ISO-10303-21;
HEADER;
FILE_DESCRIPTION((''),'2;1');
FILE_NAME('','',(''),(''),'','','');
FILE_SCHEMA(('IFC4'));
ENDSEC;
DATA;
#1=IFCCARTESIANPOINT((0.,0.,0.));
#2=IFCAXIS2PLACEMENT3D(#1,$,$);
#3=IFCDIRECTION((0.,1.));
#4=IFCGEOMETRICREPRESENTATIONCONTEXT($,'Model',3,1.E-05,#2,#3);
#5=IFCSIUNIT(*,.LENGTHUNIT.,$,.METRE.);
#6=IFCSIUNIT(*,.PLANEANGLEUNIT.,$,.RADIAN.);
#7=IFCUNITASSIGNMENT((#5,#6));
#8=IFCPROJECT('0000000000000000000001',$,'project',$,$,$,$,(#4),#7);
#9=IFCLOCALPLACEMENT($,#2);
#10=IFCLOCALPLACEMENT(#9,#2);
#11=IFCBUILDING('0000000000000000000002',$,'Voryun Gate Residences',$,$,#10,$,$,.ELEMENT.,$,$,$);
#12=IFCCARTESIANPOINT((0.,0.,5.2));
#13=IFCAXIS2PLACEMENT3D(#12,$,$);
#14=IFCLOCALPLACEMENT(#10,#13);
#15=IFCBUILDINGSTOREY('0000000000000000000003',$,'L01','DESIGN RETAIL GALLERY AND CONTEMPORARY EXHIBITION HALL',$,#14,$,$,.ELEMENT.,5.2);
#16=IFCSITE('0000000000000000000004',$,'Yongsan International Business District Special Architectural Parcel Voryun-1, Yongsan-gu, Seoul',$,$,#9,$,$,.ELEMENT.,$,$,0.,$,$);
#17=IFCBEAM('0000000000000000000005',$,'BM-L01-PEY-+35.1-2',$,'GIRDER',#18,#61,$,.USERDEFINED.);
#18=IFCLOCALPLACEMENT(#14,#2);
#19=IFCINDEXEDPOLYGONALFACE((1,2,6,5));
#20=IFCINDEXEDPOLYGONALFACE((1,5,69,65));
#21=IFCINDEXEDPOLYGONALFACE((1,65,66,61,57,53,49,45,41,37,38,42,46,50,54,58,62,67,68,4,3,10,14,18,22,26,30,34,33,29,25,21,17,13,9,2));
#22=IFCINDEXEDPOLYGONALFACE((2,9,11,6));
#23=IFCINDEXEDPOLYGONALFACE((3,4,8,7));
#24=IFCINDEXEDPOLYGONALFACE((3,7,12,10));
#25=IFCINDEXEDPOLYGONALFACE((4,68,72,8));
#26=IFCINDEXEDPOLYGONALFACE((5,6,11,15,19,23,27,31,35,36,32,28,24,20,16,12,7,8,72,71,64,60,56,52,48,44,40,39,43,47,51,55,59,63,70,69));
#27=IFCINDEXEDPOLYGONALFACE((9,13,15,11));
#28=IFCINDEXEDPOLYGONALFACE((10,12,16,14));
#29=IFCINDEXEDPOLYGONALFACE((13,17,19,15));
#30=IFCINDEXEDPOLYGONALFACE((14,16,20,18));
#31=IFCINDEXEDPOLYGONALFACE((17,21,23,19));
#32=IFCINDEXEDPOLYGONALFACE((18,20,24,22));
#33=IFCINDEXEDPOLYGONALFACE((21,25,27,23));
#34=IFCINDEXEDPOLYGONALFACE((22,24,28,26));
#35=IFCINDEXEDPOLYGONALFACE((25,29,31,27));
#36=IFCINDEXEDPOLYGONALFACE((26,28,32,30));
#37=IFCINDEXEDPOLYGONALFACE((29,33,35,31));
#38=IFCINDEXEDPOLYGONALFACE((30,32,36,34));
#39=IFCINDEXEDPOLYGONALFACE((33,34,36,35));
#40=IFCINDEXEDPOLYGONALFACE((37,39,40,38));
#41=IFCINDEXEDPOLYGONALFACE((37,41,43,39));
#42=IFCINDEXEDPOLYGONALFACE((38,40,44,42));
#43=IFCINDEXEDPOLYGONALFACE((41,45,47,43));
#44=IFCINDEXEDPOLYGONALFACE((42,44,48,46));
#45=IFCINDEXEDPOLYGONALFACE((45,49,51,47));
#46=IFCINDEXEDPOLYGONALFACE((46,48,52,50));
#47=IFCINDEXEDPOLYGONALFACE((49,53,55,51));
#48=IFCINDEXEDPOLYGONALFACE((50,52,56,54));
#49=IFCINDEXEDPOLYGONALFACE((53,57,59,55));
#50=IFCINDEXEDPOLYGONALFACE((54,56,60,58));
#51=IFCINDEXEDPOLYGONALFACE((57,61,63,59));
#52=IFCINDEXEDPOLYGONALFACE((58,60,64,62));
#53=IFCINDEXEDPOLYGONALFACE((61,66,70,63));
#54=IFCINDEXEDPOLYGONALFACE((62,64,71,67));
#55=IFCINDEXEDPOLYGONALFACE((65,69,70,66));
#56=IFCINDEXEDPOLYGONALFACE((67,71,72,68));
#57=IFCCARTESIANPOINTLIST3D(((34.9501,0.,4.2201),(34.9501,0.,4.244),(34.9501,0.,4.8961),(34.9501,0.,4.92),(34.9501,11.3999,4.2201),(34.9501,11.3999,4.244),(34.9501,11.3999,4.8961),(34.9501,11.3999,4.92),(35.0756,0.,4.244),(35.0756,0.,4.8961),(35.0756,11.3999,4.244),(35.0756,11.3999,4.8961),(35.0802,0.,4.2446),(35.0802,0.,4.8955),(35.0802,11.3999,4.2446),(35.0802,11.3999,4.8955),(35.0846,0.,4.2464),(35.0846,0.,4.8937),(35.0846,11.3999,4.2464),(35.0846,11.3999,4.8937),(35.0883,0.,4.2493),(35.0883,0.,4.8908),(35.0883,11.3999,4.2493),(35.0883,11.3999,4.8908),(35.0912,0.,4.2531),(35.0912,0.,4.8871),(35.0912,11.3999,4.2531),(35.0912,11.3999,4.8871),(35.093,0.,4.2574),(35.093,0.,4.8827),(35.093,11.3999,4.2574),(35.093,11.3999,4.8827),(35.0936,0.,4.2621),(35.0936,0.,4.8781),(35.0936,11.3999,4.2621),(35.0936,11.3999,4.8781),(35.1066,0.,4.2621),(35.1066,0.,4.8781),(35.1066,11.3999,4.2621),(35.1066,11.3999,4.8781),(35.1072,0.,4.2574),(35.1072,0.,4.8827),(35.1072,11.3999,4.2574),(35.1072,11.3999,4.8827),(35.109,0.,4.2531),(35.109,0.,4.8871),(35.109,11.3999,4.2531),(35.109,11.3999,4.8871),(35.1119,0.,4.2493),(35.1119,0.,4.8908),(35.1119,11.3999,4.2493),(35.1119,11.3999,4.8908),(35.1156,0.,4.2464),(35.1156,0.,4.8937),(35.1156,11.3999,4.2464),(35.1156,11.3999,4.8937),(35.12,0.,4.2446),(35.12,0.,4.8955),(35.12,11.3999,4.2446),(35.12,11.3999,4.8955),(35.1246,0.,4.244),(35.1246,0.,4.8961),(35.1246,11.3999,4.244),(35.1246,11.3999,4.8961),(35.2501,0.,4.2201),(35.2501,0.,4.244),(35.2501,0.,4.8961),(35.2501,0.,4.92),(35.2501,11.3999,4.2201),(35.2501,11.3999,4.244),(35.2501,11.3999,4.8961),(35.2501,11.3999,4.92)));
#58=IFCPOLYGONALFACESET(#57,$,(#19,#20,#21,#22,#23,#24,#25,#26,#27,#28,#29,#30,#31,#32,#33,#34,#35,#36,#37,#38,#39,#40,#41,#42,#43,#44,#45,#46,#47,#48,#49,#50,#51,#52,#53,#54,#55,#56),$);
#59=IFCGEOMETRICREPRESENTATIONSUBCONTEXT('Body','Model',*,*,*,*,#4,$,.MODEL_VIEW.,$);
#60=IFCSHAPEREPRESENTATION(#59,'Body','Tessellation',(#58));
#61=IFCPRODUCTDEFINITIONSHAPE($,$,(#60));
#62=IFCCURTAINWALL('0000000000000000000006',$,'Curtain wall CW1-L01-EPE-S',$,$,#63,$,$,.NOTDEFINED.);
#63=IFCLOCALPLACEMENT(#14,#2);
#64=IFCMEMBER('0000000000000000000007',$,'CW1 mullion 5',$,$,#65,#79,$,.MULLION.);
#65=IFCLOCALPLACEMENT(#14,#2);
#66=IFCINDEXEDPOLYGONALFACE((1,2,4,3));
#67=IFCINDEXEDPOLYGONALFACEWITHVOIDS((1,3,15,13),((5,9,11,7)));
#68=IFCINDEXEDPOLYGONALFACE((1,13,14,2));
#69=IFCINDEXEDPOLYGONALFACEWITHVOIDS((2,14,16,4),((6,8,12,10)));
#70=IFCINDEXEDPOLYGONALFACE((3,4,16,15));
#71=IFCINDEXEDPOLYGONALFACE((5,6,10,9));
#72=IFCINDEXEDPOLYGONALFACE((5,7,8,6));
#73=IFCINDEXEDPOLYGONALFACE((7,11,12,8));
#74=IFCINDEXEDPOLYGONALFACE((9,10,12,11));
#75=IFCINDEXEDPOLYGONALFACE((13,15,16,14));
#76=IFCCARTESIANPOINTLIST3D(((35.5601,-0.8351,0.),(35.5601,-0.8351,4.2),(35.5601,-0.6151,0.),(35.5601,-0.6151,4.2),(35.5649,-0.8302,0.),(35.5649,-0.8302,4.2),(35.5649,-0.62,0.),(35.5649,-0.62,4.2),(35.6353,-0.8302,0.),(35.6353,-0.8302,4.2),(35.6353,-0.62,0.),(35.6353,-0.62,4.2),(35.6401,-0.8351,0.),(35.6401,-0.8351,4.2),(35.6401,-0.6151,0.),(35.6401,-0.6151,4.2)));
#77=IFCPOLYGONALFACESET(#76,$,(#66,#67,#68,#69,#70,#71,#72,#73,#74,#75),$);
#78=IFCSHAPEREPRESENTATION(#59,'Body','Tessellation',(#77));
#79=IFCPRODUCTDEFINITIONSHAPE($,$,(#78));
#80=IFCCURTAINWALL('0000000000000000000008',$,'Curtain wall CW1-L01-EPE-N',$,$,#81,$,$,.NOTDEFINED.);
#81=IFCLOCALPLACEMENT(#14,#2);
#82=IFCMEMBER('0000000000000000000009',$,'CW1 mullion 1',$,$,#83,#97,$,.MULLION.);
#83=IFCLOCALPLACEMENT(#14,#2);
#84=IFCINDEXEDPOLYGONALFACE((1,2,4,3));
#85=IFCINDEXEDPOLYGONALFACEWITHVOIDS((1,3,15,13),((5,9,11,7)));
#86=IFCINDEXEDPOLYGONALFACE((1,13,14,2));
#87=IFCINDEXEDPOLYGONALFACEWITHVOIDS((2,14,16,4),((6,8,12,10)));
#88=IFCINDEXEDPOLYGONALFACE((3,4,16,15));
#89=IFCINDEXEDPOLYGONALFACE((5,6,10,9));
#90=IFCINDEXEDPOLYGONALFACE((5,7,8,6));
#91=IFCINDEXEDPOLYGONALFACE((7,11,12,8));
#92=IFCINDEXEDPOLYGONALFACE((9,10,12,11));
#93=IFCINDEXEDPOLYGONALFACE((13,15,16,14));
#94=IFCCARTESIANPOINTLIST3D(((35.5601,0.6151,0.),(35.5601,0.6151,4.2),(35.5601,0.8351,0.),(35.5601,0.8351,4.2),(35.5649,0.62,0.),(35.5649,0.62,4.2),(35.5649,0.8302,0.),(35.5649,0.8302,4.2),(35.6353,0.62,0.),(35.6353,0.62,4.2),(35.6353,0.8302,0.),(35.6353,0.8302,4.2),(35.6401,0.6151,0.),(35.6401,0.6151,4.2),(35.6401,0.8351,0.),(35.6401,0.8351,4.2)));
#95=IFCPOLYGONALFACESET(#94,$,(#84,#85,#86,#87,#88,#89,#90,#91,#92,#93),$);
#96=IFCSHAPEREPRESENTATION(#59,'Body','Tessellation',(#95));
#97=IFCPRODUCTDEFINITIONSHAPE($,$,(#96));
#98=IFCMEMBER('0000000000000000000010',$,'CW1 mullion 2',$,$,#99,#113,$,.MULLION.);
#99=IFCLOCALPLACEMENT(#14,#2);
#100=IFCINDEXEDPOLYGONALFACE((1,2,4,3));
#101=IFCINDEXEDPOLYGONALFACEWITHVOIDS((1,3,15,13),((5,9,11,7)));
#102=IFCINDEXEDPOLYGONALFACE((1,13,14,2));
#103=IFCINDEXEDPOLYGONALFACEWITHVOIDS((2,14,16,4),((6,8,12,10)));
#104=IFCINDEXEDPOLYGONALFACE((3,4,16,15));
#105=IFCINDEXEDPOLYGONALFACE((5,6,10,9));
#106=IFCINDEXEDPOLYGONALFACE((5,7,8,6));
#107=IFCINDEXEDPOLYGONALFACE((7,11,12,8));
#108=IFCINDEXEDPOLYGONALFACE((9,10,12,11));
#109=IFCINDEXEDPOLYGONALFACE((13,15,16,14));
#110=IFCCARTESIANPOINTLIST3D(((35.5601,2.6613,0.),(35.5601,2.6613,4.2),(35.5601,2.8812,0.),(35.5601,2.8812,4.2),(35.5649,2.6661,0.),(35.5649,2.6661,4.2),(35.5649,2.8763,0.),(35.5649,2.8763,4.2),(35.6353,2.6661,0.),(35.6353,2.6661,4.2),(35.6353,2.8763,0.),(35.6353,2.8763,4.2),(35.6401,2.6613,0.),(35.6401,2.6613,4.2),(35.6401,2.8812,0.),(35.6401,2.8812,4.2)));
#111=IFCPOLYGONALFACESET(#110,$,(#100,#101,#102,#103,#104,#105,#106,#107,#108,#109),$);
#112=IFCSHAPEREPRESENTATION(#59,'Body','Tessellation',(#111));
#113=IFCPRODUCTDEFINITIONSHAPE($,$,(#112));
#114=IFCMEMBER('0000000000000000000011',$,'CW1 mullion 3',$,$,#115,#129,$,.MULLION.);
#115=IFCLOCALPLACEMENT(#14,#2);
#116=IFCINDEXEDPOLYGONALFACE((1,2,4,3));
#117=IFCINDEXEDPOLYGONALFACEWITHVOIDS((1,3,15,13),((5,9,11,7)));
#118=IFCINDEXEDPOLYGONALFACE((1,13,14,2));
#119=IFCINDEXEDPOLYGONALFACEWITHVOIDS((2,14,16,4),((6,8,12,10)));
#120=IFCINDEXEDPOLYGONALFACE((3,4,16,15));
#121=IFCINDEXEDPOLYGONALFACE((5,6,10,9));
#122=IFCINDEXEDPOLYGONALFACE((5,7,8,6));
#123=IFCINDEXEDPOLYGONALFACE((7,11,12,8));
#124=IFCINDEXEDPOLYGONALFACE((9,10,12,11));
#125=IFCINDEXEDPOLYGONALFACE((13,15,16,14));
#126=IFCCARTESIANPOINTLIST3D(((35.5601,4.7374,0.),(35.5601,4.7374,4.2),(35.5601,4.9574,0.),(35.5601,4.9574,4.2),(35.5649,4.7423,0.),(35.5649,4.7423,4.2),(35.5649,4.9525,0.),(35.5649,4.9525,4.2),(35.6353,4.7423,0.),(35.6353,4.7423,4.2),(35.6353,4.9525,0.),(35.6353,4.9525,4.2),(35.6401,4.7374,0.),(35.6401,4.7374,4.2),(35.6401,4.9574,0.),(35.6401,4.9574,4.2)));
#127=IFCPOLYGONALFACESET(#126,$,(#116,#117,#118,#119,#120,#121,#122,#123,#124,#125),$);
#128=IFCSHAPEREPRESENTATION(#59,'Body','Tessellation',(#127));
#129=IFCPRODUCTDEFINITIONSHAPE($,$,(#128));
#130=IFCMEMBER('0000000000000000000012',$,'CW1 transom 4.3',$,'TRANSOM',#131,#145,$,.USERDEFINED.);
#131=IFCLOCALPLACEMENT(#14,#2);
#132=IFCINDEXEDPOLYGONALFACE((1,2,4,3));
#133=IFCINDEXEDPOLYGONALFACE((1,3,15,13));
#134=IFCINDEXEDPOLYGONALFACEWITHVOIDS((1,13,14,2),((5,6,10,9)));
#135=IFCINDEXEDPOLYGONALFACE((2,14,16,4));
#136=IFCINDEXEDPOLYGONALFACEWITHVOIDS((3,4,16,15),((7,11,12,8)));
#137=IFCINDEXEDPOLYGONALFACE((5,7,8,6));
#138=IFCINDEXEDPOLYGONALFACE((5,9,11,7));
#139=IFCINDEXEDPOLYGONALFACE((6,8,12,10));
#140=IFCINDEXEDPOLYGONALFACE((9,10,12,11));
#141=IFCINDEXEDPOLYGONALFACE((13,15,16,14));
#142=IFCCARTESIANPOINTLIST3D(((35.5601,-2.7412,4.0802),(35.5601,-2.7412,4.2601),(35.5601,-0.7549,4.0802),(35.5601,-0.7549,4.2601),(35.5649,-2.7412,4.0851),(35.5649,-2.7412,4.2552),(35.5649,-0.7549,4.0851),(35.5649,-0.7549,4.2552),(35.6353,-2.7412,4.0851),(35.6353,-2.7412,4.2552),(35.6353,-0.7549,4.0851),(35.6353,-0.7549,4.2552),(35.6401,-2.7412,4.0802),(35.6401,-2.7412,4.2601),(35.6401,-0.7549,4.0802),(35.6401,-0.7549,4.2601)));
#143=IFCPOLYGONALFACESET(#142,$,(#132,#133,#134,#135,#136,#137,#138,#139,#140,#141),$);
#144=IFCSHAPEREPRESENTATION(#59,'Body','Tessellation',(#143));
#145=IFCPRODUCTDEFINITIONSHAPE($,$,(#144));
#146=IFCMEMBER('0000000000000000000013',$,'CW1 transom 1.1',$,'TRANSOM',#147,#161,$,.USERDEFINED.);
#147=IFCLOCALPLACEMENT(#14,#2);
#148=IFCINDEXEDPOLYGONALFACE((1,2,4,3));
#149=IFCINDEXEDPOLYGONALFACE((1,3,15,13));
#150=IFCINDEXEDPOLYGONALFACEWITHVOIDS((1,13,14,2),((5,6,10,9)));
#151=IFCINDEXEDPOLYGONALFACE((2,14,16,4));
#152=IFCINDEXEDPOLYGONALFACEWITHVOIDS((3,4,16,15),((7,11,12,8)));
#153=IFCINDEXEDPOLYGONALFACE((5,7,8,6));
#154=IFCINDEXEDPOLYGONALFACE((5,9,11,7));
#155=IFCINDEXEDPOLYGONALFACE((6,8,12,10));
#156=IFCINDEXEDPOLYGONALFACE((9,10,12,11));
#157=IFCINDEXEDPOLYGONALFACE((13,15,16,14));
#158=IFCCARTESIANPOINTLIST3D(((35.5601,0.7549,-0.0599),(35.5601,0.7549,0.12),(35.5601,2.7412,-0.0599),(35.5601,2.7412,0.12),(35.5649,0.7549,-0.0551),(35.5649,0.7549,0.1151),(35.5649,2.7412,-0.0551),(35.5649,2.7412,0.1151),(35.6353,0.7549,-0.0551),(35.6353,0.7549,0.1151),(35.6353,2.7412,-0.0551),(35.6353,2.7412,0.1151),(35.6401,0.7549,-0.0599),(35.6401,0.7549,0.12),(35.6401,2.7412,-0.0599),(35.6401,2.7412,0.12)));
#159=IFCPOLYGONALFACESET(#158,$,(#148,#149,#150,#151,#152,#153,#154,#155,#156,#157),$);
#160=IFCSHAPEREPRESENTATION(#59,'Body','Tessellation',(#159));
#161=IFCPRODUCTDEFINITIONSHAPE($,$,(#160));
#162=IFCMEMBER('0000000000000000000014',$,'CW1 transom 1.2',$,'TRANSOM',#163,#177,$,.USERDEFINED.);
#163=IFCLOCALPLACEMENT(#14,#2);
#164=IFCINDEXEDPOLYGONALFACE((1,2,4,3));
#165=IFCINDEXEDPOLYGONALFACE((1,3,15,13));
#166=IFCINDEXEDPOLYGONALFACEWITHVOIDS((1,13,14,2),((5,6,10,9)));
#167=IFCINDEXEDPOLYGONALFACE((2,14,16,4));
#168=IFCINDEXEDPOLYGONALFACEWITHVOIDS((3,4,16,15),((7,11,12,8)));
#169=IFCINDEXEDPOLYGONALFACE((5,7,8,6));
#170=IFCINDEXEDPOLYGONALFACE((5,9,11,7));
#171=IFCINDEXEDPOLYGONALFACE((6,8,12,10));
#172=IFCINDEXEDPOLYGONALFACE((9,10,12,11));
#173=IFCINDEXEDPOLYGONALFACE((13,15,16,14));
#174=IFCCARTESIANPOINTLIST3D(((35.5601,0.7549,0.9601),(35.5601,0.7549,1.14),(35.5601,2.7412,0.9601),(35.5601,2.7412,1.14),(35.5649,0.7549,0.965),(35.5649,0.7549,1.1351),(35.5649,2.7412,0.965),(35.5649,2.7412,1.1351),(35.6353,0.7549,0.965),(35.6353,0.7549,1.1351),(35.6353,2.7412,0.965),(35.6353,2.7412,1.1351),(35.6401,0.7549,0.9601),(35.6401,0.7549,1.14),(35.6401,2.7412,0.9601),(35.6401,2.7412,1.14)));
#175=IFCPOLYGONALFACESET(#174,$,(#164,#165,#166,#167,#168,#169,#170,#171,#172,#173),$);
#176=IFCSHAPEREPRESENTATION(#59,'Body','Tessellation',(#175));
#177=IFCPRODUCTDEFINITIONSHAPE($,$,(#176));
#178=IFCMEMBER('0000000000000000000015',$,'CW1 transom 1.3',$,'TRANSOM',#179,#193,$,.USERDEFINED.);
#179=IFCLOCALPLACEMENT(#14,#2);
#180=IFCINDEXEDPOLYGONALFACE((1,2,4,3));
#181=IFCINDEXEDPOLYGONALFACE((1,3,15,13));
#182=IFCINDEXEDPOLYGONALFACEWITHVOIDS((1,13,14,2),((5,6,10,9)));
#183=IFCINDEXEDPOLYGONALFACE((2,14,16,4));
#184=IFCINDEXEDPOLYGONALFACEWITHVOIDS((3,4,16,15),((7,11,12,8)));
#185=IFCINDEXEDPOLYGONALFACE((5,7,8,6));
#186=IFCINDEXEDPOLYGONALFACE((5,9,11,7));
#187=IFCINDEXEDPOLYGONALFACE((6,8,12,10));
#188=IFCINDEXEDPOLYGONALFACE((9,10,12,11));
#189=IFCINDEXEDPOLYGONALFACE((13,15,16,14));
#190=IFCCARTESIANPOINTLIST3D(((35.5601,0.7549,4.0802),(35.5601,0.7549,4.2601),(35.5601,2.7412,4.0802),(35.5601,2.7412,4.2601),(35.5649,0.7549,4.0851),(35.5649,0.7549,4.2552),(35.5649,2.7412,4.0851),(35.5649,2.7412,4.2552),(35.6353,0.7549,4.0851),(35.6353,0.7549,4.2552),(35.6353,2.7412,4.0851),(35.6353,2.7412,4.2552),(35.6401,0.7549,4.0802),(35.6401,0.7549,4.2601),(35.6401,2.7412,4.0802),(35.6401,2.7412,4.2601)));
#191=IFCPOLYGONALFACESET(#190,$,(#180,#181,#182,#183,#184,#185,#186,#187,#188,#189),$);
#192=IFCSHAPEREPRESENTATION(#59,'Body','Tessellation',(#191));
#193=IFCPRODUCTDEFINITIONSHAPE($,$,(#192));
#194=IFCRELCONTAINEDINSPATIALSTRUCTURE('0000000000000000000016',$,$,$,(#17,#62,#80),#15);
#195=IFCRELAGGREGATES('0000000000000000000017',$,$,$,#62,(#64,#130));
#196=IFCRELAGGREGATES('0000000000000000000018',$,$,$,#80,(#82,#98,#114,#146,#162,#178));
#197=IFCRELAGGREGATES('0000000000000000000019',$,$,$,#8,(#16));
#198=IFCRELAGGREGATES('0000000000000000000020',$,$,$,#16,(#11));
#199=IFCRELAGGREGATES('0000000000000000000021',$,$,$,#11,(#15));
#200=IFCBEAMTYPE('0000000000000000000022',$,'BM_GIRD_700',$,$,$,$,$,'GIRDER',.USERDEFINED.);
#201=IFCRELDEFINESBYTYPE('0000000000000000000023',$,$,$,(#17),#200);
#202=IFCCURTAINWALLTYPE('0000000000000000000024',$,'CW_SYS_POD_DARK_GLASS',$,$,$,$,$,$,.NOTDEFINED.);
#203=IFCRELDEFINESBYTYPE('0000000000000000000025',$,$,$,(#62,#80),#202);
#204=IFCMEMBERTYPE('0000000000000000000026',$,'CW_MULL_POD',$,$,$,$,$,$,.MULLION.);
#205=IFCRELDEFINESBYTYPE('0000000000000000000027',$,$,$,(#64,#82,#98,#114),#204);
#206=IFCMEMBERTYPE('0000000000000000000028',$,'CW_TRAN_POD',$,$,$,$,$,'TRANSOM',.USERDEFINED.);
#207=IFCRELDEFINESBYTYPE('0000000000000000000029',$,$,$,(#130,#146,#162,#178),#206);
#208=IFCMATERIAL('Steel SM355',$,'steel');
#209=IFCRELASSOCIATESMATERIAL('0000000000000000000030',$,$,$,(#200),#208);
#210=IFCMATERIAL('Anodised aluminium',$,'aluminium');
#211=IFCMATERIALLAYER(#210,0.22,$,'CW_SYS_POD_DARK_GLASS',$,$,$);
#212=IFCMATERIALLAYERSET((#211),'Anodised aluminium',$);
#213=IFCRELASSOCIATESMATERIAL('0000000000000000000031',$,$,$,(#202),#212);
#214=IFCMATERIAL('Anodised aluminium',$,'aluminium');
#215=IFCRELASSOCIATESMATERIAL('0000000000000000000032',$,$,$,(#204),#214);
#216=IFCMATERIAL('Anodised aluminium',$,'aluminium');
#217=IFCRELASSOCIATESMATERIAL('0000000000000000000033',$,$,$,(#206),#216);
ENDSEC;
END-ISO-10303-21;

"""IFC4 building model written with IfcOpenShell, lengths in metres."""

from ifc_helpers import new_model, si_unit, direction, frame, origin, origin_2d, place, context, subcontext, project, spatial, hollow_rectangle, i_section, extrude, material, layer, layer_set, material_profile, profile_set, type_object, element, aggregate, save


model = new_model("IFC4")

# Units and contexts
model_context = context("Model", 3, precision=1e-05, world=origin(), true_north=direction((0.0, 1.0)))
body_context = subcontext(model_context, "Body", "Model", "MODEL_VIEW")
ifc_project = project(units=[si_unit("LENGTHUNIT", "METRE"), si_unit("PLANEANGLEUNIT", "RADIAN")], contexts=[model_context])

# Site, building, storey
site_placement = place(None, origin())
site = spatial("IfcSite", under=ifc_project, at=site_placement, Name="Yongsan International Business District Special Architectural Parcel Voryun-1, Yongsan-gu, Seoul", CompositionType="ELEMENT", RefElevation=0.0)
building_placement = place(site_placement, origin())
building = spatial("IfcBuilding", under=site, at=building_placement, Name="Voryun Gate Residences", CompositionType="ELEMENT")
storey_placement = place(building_placement, frame((0.0, 0.0, 5.2)))
storey = spatial("IfcBuildingStorey", under=building, at=storey_placement, Name="L01", Description="DESIGN RETAIL GALLERY AND CONTEMPORARY EXHIBITION HALL", CompositionType="ELEMENT", Elevation=5.2)

# Beam
ifc_material_1 = material(Name="Steel SM355", Category="steel")
ifc_material_profile_1 = material_profile(ifc_material_1, i_section(OverallWidth=0.3, OverallDepth=0.7, WebThickness=0.0129, FlangeThickness=0.0239, FilletRadius=0.0181, at=origin_2d()), Name="H-700x300x13x24")
ifc_profile_set_1 = profile_set([ifc_material_profile_1], Name="Steel SM355")
beam_type = type_object("IfcBeamType", Name="BM_GIRD_700", ElementType="GIRDER", PredefinedType="USERDEFINED", material=ifc_profile_set_1)
for number, where, z_axis, x_axis, name in (
    (1, (35.1001, 0.0, 4.5701), (0.0, 1.0, 0.0), (-1.0, 0.0, 0.0), "BM-L01-PEY-+35.1-2"),
):
    element("IfcBeam", number, at=place(storey_placement, frame(where, z_axis=z_axis, x_axis=x_axis)), inside=storey, type_object=beam_type, Name=name, ObjectType="GIRDER", PredefinedType="USERDEFINED", context=body_context, shape_type="SweptSolid", body=[
        extrude(i_section(OverallWidth=0.3, OverallDepth=0.7, WebThickness=0.0129, FlangeThickness=0.0239, FilletRadius=0.0181, at=origin_2d()), origin(), (0.0, 0.0, 1.0), 11.3999),
    ])

# Curtain wall, member
ifc_material_2 = material(Name="Anodised aluminium", Category="aluminium")
ifc_layer_1 = layer(ifc_material_2, 0.22, Name="CW_SYS_POD_DARK_GLASS")
ifc_layer_set_1 = layer_set([ifc_layer_1], Name="Anodised aluminium")
curtain_wall_type = type_object("IfcCurtainWallType", Name="CW_SYS_POD_DARK_GLASS", PredefinedType="NOTDEFINED", material=ifc_layer_set_1)
curtain_wall_1_placement = place(storey_placement, origin())
curtain_wall_1 = element("IfcCurtainWall", 2, at=curtain_wall_1_placement, inside=storey, type_object=curtain_wall_type, Name="Curtain wall CW1-L01-EPE-S", PredefinedType="NOTDEFINED")
ifc_material_3 = material(Name="Anodised aluminium", Category="aluminium")
ifc_material_profile_2 = material_profile(ifc_material_3, hollow_rectangle(XDim=0.0801, YDim=0.22, WallThickness=0.0049, at=origin_2d()), Name="ALU-MULL-220x80x5")
ifc_profile_set_2 = profile_set([ifc_material_profile_2], Name="Anodised aluminium")
member_type_1 = type_object("IfcMemberType", Name="CW_MULL_POD", PredefinedType="MULLION", material=ifc_profile_set_2)
member_1_placement = place(storey_placement, frame((35.6001, -0.7251, 0.0), z_axis=(0.0, 0.0, 1.0), x_axis=(-1.0, 0.0, 0.0)))
member_1 = element("IfcMember", 3, at=member_1_placement, type_object=member_type_1, Name="CW1 mullion 5", PredefinedType="MULLION", context=body_context, shape_type="SweptSolid", body=[
    extrude(hollow_rectangle(XDim=0.0801, YDim=0.22, WallThickness=0.0049, at=origin_2d()), origin(), (0.0, 0.0, 1.0), 4.2),
])

# Curtain wall, members
curtain_wall_2_placement = place(storey_placement, origin())
curtain_wall_2 = element("IfcCurtainWall", 4, at=curtain_wall_2_placement, inside=storey, type_object=curtain_wall_type, Name="Curtain wall CW1-L01-EPE-N", PredefinedType="NOTDEFINED")
member_2_placement = place(storey_placement, frame((35.6001, 0.7251, 0.0), z_axis=(0.0, 0.0, 1.0), x_axis=(-1.0, 0.0, 0.0)))
member_2 = element("IfcMember", 5, at=member_2_placement, type_object=member_type_1, Name="CW1 mullion 1", PredefinedType="MULLION", context=body_context, shape_type="SweptSolid", body=[
    extrude(hollow_rectangle(XDim=0.0801, YDim=0.22, WallThickness=0.0049, at=origin_2d()), origin(), (0.0, 0.0, 1.0), 4.2),
])
member_3_placement = place(storey_placement, frame((35.6001, 2.7712, 0.0), z_axis=(0.0, 0.0, 1.0), x_axis=(-1.0, 0.0, 0.0)))
member_3 = element("IfcMember", 6, at=member_3_placement, type_object=member_type_1, Name="CW1 mullion 2", PredefinedType="MULLION", context=body_context, shape_type="SweptSolid", body=[
    extrude(hollow_rectangle(XDim=0.0801, YDim=0.22, WallThickness=0.0049, at=origin_2d()), origin(), (0.0, 0.0, 1.0), 4.2),
])
member_4_placement = place(storey_placement, frame((35.6001, 4.8474, 0.0), z_axis=(0.0, 0.0, 1.0), x_axis=(-1.0, 0.0, 0.0)))
member_4 = element("IfcMember", 7, at=member_4_placement, type_object=member_type_1, Name="CW1 mullion 3", PredefinedType="MULLION", context=body_context, shape_type="SweptSolid", body=[
    extrude(hollow_rectangle(XDim=0.0801, YDim=0.22, WallThickness=0.0049, at=origin_2d()), origin(), (0.0, 0.0, 1.0), 4.2),
])

# Members
ifc_material_4 = material(Name="Anodised aluminium", Category="aluminium")
ifc_material_profile_3 = material_profile(ifc_material_4, hollow_rectangle(XDim=0.0801, YDim=0.1799, WallThickness=0.0049, at=origin_2d()), Name="ALU-TRAN-180x80x5")
ifc_profile_set_3 = profile_set([ifc_material_profile_3], Name="Anodised aluminium")
member_type_2 = type_object("IfcMemberType", Name="CW_TRAN_POD", ElementType="TRANSOM", PredefinedType="USERDEFINED", material=ifc_profile_set_3)
member_5_placement = place(storey_placement, frame((35.6001, -2.7412, 4.1702), z_axis=(0.0, 1.0, 0.0), x_axis=(-1.0, 0.0, 0.0)))
member_5 = element("IfcMember", 8, at=member_5_placement, type_object=member_type_2, Name="CW1 transom 4.3", ObjectType="TRANSOM", PredefinedType="USERDEFINED", context=body_context, shape_type="SweptSolid", body=[
    extrude(hollow_rectangle(XDim=0.0801, YDim=0.1799, WallThickness=0.0049, at=origin_2d()), origin(), (0.0, 0.0, 1.0), 1.9863),
])
member_6_placement = place(storey_placement, frame((35.6001, 0.7549, 0.03), z_axis=(0.0, 1.0, 0.0), x_axis=(-1.0, 0.0, 0.0)))
member_6 = element("IfcMember", 9, at=member_6_placement, type_object=member_type_2, Name="CW1 transom 1.1", ObjectType="TRANSOM", PredefinedType="USERDEFINED", context=body_context, shape_type="SweptSolid", body=[
    extrude(hollow_rectangle(XDim=0.0801, YDim=0.1799, WallThickness=0.0049, at=origin_2d()), origin(), (0.0, 0.0, 1.0), 1.9863),
])
member_7_placement = place(storey_placement, frame((35.6001, 0.7549, 1.05), z_axis=(0.0, 1.0, 0.0), x_axis=(-1.0, 0.0, 0.0)))
member_7 = element("IfcMember", 10, at=member_7_placement, type_object=member_type_2, Name="CW1 transom 1.2", ObjectType="TRANSOM", PredefinedType="USERDEFINED", context=body_context, shape_type="SweptSolid", body=[
    extrude(hollow_rectangle(XDim=0.0801, YDim=0.1799, WallThickness=0.0049, at=origin_2d()), origin(), (0.0, 0.0, 1.0), 1.9863),
])
member_8_placement = place(storey_placement, frame((35.6001, 0.7549, 4.1702), z_axis=(0.0, 1.0, 0.0), x_axis=(-1.0, 0.0, 0.0)))
member_8 = element("IfcMember", 11, at=member_8_placement, type_object=member_type_2, Name="CW1 transom 1.3", ObjectType="TRANSOM", PredefinedType="USERDEFINED", context=body_context, shape_type="SweptSolid", body=[
    extrude(hollow_rectangle(XDim=0.0801, YDim=0.1799, WallThickness=0.0049, at=origin_2d()), origin(), (0.0, 0.0, 1.0), 1.9863),
])

aggregate(curtain_wall_1, [member_1, member_5])
aggregate(curtain_wall_2, [member_2, member_3, member_4, member_6, member_7, member_8])

save(model, "model.ifc")
